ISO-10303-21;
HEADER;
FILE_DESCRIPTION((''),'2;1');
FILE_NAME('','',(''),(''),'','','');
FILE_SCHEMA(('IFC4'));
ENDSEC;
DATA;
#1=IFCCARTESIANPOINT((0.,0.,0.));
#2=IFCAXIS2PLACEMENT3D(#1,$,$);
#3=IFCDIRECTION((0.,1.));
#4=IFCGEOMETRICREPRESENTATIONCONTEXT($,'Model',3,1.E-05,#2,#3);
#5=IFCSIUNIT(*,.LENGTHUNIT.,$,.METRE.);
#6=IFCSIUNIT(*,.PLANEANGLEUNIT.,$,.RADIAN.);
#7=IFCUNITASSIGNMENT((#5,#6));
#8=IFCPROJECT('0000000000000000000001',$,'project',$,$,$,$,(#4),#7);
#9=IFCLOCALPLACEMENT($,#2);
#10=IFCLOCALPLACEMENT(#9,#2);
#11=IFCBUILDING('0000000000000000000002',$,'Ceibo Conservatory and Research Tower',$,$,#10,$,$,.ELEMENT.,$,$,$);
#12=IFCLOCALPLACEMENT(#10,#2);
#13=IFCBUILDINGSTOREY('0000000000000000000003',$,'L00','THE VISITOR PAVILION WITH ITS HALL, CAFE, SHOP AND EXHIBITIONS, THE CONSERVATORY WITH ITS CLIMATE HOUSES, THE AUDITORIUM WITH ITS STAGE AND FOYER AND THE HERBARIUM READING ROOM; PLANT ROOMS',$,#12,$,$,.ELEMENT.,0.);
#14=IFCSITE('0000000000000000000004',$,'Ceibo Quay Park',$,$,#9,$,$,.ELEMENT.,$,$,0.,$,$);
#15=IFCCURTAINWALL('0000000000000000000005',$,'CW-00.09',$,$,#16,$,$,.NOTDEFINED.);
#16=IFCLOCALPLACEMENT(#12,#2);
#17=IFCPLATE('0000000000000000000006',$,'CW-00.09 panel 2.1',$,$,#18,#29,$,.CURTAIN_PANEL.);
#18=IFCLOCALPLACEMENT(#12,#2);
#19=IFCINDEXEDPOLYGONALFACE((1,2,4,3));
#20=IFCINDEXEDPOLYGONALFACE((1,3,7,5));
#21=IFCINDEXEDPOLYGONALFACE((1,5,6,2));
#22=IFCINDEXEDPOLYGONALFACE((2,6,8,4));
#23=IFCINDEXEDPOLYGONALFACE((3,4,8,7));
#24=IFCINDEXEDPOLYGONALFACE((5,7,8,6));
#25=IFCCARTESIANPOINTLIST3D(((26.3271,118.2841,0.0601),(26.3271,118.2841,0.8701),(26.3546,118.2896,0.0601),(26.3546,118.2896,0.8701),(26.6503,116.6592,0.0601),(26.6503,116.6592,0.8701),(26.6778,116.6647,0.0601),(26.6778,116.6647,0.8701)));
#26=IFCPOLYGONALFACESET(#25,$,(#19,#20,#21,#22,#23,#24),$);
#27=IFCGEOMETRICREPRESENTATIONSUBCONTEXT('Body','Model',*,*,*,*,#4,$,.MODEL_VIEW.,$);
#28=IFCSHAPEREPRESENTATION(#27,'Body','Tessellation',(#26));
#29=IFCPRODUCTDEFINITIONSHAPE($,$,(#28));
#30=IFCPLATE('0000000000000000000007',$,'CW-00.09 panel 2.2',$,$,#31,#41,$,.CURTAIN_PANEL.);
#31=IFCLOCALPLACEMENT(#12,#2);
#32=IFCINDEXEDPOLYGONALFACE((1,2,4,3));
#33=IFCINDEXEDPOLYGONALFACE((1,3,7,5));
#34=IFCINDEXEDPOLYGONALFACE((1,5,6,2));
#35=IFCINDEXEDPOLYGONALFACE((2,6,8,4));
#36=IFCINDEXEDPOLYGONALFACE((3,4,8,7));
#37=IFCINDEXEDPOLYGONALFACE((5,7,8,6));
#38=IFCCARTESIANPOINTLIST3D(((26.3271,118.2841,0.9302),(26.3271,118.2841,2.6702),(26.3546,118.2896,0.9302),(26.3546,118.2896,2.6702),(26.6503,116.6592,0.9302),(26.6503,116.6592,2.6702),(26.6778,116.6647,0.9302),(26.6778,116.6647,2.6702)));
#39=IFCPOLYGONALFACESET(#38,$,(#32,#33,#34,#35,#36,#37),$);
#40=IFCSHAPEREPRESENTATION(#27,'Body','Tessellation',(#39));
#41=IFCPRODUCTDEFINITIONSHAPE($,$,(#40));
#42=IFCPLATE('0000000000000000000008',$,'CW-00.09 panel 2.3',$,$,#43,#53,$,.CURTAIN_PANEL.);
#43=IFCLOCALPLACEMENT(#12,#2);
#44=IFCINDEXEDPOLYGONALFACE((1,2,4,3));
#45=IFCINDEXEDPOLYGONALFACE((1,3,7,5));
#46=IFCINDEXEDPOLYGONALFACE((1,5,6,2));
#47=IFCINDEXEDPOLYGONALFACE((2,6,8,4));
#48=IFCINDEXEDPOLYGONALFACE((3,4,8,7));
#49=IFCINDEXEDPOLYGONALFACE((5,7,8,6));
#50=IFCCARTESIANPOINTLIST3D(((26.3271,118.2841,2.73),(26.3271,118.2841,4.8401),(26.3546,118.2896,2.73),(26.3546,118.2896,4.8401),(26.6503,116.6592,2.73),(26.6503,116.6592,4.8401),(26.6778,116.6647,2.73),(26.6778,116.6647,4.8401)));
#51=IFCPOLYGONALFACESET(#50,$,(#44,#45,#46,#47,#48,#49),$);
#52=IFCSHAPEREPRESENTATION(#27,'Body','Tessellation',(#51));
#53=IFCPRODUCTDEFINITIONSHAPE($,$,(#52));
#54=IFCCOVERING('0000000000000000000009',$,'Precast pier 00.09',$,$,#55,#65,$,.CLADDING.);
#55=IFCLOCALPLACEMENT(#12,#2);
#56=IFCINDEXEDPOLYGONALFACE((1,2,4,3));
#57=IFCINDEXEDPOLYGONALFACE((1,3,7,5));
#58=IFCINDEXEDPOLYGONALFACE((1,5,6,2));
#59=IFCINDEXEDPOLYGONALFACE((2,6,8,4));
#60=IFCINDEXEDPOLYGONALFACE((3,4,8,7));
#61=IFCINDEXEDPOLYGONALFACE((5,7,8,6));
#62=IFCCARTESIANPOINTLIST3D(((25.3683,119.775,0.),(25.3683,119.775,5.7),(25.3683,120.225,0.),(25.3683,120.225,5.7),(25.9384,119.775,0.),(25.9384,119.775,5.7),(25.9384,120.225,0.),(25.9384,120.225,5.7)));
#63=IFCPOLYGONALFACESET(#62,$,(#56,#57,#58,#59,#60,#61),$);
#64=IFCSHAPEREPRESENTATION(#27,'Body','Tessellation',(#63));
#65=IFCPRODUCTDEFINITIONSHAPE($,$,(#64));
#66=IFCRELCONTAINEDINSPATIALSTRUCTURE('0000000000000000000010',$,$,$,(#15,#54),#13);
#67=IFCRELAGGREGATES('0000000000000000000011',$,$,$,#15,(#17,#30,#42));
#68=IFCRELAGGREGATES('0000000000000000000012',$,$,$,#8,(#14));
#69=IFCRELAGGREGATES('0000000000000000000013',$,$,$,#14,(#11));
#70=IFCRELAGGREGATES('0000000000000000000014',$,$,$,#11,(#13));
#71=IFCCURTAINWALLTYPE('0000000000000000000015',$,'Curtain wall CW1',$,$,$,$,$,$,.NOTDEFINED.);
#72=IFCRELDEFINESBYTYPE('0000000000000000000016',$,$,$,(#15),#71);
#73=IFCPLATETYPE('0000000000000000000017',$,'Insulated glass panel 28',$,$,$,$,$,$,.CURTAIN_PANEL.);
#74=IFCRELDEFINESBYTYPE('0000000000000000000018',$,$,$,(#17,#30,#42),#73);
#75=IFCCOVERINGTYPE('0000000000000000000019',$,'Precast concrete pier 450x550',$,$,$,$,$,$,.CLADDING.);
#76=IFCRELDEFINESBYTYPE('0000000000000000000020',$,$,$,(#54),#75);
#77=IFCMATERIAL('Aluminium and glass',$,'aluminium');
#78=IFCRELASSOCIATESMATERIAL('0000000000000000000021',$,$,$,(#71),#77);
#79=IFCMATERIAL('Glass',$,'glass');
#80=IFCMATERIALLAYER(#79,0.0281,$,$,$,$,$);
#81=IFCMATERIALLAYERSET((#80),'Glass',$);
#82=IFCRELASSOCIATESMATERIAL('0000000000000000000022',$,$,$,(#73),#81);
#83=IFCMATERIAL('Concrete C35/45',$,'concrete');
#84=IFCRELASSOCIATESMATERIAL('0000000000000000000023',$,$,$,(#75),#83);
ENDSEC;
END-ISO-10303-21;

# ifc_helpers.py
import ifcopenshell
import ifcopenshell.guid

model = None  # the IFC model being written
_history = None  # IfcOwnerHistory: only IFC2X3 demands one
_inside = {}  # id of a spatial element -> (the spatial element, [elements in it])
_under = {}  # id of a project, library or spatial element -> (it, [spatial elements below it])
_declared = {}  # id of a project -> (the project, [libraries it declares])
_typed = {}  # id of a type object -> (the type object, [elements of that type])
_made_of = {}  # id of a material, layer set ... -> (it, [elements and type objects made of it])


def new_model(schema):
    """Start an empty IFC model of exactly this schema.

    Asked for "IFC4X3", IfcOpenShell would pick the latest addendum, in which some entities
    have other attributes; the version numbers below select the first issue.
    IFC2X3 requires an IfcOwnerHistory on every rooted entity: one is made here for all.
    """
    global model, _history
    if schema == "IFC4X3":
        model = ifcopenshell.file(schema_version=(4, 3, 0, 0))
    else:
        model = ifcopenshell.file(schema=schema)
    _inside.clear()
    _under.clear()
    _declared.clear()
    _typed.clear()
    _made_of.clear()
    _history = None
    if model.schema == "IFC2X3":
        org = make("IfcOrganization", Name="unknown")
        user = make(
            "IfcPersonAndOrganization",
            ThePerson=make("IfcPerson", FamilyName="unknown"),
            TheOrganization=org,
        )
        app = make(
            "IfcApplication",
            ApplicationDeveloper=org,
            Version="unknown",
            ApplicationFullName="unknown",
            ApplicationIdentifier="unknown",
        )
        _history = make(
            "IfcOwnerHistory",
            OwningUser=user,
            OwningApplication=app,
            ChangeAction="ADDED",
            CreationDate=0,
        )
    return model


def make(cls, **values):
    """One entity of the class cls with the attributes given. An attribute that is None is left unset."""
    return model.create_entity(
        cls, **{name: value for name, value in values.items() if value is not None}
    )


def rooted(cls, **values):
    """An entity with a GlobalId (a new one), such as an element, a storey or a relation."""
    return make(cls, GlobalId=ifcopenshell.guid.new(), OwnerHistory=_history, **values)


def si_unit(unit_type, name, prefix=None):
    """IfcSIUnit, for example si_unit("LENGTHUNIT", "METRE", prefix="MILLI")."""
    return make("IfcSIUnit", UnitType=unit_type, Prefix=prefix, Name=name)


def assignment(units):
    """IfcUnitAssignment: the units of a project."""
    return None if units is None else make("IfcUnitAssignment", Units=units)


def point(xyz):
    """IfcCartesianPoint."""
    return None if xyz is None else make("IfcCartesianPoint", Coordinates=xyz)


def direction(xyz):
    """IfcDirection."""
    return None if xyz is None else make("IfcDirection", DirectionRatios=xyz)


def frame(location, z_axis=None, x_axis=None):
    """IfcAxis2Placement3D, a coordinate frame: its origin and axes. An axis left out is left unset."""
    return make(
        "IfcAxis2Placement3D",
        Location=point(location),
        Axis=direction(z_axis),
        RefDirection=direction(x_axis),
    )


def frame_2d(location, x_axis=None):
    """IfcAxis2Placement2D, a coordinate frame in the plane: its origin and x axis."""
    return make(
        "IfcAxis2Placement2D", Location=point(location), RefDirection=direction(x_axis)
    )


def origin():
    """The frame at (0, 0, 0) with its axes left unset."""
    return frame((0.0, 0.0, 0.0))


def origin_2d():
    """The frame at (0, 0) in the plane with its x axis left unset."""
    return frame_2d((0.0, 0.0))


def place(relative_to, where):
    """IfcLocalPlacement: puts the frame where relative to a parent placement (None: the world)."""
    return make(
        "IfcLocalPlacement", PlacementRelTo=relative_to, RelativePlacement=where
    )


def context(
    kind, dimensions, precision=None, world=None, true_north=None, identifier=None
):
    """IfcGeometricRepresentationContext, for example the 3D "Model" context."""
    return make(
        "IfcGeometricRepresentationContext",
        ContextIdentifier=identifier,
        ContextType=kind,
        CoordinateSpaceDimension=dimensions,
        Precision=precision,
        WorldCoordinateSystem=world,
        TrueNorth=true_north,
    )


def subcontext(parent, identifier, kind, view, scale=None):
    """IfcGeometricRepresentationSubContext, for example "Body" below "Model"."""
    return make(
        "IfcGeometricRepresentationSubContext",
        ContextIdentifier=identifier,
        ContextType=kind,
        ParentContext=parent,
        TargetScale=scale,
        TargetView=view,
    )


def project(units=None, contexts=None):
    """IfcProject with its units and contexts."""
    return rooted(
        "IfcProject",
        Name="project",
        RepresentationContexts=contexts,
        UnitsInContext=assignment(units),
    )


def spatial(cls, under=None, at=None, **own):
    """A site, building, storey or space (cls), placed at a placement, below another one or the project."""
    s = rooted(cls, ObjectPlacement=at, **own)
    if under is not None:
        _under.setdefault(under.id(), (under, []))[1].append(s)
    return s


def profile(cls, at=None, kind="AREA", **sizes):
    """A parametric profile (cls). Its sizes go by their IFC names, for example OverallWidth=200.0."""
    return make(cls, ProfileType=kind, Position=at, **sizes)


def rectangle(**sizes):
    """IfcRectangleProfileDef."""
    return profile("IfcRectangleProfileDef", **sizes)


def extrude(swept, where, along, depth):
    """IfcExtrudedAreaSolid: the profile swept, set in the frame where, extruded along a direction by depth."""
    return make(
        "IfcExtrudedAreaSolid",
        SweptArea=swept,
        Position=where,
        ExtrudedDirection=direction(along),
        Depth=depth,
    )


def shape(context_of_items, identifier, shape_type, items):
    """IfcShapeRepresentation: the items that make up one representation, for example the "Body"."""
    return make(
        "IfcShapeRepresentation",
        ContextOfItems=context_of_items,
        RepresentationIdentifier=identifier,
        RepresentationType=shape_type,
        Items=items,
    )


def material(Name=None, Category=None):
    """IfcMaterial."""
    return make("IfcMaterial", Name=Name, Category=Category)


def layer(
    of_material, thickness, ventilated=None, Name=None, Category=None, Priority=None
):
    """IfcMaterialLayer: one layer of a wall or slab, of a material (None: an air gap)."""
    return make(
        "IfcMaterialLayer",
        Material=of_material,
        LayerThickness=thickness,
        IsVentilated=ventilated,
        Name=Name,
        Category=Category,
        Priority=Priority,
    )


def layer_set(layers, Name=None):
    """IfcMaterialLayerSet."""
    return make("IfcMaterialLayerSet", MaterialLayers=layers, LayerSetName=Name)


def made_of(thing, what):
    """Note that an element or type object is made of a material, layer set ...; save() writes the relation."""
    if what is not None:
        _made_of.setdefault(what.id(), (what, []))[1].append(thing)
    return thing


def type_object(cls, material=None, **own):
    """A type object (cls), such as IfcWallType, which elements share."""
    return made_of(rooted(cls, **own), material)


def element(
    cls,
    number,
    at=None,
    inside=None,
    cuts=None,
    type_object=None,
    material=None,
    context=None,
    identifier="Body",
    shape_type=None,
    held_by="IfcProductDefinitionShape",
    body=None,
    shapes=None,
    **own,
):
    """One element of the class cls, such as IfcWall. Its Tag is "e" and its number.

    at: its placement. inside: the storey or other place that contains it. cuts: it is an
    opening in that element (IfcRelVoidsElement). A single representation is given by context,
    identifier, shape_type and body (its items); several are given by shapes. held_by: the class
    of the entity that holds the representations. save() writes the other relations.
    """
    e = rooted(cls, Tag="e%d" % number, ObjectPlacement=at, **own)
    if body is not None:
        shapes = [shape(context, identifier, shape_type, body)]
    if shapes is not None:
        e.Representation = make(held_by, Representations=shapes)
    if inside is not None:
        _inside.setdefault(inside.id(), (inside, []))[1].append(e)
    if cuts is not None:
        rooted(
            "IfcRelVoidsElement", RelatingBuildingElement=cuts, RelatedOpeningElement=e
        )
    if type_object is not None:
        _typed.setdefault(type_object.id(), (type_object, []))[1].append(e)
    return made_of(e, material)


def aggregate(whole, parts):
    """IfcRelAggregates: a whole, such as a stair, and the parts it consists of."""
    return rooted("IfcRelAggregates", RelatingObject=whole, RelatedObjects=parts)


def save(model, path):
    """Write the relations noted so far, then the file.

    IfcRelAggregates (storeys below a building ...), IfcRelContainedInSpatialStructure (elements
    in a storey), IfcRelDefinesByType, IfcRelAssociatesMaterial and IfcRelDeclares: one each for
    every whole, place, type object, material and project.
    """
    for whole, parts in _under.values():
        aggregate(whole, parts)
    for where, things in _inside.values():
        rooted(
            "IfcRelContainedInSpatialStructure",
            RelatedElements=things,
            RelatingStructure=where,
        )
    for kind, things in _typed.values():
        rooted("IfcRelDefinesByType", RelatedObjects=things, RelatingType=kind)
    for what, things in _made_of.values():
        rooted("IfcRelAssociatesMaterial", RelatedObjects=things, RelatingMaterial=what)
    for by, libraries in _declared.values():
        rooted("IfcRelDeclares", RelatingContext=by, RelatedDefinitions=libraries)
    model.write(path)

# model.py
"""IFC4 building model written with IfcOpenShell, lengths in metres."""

from ifc_helpers import new_model, si_unit, direction, frame, origin, origin_2d, place, context, subcontext, project, spatial, rectangle, extrude, material, layer, layer_set, type_object, element, aggregate, save


model = new_model("IFC4")

# Units and contexts
model_context = context("Model", 3, precision=1e-05, world=origin(), true_north=direction((0.0, 1.0)))
body_context = subcontext(model_context, "Body", "Model", "MODEL_VIEW")
ifc_project = project(units=[si_unit("LENGTHUNIT", "METRE"), si_unit("PLANEANGLEUNIT", "RADIAN")], contexts=[model_context])

# Site, building, storey
site_placement = place(None, origin())
site = spatial("IfcSite", under=ifc_project, at=site_placement, Name="Ceibo Quay Park", CompositionType="ELEMENT", RefElevation=0.0)
building_placement = place(site_placement, origin())
building = spatial("IfcBuilding", under=site, at=building_placement, Name="Ceibo Conservatory and Research Tower", CompositionType="ELEMENT")
storey_placement = place(building_placement, origin())
storey = spatial("IfcBuildingStorey", under=building, at=storey_placement, Name="L00", Description="THE VISITOR PAVILION WITH ITS HALL, CAFE, SHOP AND EXHIBITIONS, THE CONSERVATORY WITH ITS CLIMATE HOUSES, THE AUDITORIUM WITH ITS STAGE AND FOYER AND THE HERBARIUM READING ROOM; PLANT ROOMS", CompositionType="ELEMENT", Elevation=0.0)

# Curtain wall
ifc_material_1 = material(Name="Aluminium and glass", Category="aluminium")
curtain_wall_type = type_object("IfcCurtainWallType", Name="Curtain wall CW1", PredefinedType="NOTDEFINED", material=ifc_material_1)
curtain_wall_1_placement = place(storey_placement, origin())
curtain_wall_1 = element("IfcCurtainWall", 1, at=curtain_wall_1_placement, inside=storey, type_object=curtain_wall_type, Name="CW-00.09", PredefinedType="NOTDEFINED")

# Shared definitions
ifc_material_2 = material(Name="Concrete C35/45", Category="concrete")

# Plates
ifc_material_3 = material(Name="Glass", Category="glass")
ifc_layer = layer(ifc_material_3, 0.0281)
ifc_layer_set = layer_set([ifc_layer], Name="Glass")
plate_type = type_object("IfcPlateType", Name="Insulated glass panel 28", PredefinedType="CURTAIN_PANEL", material=ifc_layer_set)
plate_1_placement = place(storey_placement, frame((26.5024, 117.4744, 0.0601), z_axis=(0.0, 0.0, 1.0), x_axis=(0.19509, -0.980785, 0.0)))
plate_1 = element("IfcPlate", 2, at=plate_1_placement, type_object=plate_type, Name="CW-00.09 panel 2.1", PredefinedType="CURTAIN_PANEL", context=body_context, shape_type="SweptSolid", body=[
    extrude(rectangle(XDim=1.6567, YDim=0.0281, at=origin_2d()), origin(), (0.0, 0.0, 1.0), 0.8101),
])
plate_2_placement = place(storey_placement, frame((26.5024, 117.4744, 0.9302), z_axis=(0.0, 0.0, 1.0), x_axis=(0.19509, -0.980785, 0.0)))
plate_2 = element("IfcPlate", 3, at=plate_2_placement, type_object=plate_type, Name="CW-00.09 panel 2.2", PredefinedType="CURTAIN_PANEL", context=body_context, shape_type="SweptSolid", body=[
    extrude(rectangle(XDim=1.6567, YDim=0.0281, at=origin_2d()), origin(), (0.0, 0.0, 1.0), 1.74),
])
plate_3_placement = place(storey_placement, frame((26.5024, 117.4744, 2.73), z_axis=(0.0, 0.0, 1.0), x_axis=(0.19509, -0.980785, 0.0)))
plate_3 = element("IfcPlate", 4, at=plate_3_placement, type_object=plate_type, Name="CW-00.09 panel 2.3", PredefinedType="CURTAIN_PANEL", context=body_context, shape_type="SweptSolid", body=[
    extrude(rectangle(XDim=1.6567, YDim=0.0281, at=origin_2d()), origin(), (0.0, 0.0, 1.0), 2.1101),
])
aggregate(curtain_wall_1, [plate_1, plate_2, plate_3])

# Covering
covering_type = type_object("IfcCoveringType", Name="Precast concrete pier 450x550", PredefinedType="CLADDING", material=ifc_material_2)
covering_placement = place(storey_placement, frame((25.6533, 120.0, 0.0), z_axis=(0.0, 0.0, 1.0), x_axis=(-1.0, 0.0, 0.0)))
element("IfcCovering", 5, at=covering_placement, inside=storey, type_object=covering_type, Name="Precast pier 00.09", PredefinedType="CLADDING", context=body_context, shape_type="SweptSolid", body=[
    extrude(rectangle(XDim=0.5701, YDim=0.45, at=origin_2d()), origin(), (0.0, 0.0, 1.0), 5.7),
])

save(model, "model.ifc")
